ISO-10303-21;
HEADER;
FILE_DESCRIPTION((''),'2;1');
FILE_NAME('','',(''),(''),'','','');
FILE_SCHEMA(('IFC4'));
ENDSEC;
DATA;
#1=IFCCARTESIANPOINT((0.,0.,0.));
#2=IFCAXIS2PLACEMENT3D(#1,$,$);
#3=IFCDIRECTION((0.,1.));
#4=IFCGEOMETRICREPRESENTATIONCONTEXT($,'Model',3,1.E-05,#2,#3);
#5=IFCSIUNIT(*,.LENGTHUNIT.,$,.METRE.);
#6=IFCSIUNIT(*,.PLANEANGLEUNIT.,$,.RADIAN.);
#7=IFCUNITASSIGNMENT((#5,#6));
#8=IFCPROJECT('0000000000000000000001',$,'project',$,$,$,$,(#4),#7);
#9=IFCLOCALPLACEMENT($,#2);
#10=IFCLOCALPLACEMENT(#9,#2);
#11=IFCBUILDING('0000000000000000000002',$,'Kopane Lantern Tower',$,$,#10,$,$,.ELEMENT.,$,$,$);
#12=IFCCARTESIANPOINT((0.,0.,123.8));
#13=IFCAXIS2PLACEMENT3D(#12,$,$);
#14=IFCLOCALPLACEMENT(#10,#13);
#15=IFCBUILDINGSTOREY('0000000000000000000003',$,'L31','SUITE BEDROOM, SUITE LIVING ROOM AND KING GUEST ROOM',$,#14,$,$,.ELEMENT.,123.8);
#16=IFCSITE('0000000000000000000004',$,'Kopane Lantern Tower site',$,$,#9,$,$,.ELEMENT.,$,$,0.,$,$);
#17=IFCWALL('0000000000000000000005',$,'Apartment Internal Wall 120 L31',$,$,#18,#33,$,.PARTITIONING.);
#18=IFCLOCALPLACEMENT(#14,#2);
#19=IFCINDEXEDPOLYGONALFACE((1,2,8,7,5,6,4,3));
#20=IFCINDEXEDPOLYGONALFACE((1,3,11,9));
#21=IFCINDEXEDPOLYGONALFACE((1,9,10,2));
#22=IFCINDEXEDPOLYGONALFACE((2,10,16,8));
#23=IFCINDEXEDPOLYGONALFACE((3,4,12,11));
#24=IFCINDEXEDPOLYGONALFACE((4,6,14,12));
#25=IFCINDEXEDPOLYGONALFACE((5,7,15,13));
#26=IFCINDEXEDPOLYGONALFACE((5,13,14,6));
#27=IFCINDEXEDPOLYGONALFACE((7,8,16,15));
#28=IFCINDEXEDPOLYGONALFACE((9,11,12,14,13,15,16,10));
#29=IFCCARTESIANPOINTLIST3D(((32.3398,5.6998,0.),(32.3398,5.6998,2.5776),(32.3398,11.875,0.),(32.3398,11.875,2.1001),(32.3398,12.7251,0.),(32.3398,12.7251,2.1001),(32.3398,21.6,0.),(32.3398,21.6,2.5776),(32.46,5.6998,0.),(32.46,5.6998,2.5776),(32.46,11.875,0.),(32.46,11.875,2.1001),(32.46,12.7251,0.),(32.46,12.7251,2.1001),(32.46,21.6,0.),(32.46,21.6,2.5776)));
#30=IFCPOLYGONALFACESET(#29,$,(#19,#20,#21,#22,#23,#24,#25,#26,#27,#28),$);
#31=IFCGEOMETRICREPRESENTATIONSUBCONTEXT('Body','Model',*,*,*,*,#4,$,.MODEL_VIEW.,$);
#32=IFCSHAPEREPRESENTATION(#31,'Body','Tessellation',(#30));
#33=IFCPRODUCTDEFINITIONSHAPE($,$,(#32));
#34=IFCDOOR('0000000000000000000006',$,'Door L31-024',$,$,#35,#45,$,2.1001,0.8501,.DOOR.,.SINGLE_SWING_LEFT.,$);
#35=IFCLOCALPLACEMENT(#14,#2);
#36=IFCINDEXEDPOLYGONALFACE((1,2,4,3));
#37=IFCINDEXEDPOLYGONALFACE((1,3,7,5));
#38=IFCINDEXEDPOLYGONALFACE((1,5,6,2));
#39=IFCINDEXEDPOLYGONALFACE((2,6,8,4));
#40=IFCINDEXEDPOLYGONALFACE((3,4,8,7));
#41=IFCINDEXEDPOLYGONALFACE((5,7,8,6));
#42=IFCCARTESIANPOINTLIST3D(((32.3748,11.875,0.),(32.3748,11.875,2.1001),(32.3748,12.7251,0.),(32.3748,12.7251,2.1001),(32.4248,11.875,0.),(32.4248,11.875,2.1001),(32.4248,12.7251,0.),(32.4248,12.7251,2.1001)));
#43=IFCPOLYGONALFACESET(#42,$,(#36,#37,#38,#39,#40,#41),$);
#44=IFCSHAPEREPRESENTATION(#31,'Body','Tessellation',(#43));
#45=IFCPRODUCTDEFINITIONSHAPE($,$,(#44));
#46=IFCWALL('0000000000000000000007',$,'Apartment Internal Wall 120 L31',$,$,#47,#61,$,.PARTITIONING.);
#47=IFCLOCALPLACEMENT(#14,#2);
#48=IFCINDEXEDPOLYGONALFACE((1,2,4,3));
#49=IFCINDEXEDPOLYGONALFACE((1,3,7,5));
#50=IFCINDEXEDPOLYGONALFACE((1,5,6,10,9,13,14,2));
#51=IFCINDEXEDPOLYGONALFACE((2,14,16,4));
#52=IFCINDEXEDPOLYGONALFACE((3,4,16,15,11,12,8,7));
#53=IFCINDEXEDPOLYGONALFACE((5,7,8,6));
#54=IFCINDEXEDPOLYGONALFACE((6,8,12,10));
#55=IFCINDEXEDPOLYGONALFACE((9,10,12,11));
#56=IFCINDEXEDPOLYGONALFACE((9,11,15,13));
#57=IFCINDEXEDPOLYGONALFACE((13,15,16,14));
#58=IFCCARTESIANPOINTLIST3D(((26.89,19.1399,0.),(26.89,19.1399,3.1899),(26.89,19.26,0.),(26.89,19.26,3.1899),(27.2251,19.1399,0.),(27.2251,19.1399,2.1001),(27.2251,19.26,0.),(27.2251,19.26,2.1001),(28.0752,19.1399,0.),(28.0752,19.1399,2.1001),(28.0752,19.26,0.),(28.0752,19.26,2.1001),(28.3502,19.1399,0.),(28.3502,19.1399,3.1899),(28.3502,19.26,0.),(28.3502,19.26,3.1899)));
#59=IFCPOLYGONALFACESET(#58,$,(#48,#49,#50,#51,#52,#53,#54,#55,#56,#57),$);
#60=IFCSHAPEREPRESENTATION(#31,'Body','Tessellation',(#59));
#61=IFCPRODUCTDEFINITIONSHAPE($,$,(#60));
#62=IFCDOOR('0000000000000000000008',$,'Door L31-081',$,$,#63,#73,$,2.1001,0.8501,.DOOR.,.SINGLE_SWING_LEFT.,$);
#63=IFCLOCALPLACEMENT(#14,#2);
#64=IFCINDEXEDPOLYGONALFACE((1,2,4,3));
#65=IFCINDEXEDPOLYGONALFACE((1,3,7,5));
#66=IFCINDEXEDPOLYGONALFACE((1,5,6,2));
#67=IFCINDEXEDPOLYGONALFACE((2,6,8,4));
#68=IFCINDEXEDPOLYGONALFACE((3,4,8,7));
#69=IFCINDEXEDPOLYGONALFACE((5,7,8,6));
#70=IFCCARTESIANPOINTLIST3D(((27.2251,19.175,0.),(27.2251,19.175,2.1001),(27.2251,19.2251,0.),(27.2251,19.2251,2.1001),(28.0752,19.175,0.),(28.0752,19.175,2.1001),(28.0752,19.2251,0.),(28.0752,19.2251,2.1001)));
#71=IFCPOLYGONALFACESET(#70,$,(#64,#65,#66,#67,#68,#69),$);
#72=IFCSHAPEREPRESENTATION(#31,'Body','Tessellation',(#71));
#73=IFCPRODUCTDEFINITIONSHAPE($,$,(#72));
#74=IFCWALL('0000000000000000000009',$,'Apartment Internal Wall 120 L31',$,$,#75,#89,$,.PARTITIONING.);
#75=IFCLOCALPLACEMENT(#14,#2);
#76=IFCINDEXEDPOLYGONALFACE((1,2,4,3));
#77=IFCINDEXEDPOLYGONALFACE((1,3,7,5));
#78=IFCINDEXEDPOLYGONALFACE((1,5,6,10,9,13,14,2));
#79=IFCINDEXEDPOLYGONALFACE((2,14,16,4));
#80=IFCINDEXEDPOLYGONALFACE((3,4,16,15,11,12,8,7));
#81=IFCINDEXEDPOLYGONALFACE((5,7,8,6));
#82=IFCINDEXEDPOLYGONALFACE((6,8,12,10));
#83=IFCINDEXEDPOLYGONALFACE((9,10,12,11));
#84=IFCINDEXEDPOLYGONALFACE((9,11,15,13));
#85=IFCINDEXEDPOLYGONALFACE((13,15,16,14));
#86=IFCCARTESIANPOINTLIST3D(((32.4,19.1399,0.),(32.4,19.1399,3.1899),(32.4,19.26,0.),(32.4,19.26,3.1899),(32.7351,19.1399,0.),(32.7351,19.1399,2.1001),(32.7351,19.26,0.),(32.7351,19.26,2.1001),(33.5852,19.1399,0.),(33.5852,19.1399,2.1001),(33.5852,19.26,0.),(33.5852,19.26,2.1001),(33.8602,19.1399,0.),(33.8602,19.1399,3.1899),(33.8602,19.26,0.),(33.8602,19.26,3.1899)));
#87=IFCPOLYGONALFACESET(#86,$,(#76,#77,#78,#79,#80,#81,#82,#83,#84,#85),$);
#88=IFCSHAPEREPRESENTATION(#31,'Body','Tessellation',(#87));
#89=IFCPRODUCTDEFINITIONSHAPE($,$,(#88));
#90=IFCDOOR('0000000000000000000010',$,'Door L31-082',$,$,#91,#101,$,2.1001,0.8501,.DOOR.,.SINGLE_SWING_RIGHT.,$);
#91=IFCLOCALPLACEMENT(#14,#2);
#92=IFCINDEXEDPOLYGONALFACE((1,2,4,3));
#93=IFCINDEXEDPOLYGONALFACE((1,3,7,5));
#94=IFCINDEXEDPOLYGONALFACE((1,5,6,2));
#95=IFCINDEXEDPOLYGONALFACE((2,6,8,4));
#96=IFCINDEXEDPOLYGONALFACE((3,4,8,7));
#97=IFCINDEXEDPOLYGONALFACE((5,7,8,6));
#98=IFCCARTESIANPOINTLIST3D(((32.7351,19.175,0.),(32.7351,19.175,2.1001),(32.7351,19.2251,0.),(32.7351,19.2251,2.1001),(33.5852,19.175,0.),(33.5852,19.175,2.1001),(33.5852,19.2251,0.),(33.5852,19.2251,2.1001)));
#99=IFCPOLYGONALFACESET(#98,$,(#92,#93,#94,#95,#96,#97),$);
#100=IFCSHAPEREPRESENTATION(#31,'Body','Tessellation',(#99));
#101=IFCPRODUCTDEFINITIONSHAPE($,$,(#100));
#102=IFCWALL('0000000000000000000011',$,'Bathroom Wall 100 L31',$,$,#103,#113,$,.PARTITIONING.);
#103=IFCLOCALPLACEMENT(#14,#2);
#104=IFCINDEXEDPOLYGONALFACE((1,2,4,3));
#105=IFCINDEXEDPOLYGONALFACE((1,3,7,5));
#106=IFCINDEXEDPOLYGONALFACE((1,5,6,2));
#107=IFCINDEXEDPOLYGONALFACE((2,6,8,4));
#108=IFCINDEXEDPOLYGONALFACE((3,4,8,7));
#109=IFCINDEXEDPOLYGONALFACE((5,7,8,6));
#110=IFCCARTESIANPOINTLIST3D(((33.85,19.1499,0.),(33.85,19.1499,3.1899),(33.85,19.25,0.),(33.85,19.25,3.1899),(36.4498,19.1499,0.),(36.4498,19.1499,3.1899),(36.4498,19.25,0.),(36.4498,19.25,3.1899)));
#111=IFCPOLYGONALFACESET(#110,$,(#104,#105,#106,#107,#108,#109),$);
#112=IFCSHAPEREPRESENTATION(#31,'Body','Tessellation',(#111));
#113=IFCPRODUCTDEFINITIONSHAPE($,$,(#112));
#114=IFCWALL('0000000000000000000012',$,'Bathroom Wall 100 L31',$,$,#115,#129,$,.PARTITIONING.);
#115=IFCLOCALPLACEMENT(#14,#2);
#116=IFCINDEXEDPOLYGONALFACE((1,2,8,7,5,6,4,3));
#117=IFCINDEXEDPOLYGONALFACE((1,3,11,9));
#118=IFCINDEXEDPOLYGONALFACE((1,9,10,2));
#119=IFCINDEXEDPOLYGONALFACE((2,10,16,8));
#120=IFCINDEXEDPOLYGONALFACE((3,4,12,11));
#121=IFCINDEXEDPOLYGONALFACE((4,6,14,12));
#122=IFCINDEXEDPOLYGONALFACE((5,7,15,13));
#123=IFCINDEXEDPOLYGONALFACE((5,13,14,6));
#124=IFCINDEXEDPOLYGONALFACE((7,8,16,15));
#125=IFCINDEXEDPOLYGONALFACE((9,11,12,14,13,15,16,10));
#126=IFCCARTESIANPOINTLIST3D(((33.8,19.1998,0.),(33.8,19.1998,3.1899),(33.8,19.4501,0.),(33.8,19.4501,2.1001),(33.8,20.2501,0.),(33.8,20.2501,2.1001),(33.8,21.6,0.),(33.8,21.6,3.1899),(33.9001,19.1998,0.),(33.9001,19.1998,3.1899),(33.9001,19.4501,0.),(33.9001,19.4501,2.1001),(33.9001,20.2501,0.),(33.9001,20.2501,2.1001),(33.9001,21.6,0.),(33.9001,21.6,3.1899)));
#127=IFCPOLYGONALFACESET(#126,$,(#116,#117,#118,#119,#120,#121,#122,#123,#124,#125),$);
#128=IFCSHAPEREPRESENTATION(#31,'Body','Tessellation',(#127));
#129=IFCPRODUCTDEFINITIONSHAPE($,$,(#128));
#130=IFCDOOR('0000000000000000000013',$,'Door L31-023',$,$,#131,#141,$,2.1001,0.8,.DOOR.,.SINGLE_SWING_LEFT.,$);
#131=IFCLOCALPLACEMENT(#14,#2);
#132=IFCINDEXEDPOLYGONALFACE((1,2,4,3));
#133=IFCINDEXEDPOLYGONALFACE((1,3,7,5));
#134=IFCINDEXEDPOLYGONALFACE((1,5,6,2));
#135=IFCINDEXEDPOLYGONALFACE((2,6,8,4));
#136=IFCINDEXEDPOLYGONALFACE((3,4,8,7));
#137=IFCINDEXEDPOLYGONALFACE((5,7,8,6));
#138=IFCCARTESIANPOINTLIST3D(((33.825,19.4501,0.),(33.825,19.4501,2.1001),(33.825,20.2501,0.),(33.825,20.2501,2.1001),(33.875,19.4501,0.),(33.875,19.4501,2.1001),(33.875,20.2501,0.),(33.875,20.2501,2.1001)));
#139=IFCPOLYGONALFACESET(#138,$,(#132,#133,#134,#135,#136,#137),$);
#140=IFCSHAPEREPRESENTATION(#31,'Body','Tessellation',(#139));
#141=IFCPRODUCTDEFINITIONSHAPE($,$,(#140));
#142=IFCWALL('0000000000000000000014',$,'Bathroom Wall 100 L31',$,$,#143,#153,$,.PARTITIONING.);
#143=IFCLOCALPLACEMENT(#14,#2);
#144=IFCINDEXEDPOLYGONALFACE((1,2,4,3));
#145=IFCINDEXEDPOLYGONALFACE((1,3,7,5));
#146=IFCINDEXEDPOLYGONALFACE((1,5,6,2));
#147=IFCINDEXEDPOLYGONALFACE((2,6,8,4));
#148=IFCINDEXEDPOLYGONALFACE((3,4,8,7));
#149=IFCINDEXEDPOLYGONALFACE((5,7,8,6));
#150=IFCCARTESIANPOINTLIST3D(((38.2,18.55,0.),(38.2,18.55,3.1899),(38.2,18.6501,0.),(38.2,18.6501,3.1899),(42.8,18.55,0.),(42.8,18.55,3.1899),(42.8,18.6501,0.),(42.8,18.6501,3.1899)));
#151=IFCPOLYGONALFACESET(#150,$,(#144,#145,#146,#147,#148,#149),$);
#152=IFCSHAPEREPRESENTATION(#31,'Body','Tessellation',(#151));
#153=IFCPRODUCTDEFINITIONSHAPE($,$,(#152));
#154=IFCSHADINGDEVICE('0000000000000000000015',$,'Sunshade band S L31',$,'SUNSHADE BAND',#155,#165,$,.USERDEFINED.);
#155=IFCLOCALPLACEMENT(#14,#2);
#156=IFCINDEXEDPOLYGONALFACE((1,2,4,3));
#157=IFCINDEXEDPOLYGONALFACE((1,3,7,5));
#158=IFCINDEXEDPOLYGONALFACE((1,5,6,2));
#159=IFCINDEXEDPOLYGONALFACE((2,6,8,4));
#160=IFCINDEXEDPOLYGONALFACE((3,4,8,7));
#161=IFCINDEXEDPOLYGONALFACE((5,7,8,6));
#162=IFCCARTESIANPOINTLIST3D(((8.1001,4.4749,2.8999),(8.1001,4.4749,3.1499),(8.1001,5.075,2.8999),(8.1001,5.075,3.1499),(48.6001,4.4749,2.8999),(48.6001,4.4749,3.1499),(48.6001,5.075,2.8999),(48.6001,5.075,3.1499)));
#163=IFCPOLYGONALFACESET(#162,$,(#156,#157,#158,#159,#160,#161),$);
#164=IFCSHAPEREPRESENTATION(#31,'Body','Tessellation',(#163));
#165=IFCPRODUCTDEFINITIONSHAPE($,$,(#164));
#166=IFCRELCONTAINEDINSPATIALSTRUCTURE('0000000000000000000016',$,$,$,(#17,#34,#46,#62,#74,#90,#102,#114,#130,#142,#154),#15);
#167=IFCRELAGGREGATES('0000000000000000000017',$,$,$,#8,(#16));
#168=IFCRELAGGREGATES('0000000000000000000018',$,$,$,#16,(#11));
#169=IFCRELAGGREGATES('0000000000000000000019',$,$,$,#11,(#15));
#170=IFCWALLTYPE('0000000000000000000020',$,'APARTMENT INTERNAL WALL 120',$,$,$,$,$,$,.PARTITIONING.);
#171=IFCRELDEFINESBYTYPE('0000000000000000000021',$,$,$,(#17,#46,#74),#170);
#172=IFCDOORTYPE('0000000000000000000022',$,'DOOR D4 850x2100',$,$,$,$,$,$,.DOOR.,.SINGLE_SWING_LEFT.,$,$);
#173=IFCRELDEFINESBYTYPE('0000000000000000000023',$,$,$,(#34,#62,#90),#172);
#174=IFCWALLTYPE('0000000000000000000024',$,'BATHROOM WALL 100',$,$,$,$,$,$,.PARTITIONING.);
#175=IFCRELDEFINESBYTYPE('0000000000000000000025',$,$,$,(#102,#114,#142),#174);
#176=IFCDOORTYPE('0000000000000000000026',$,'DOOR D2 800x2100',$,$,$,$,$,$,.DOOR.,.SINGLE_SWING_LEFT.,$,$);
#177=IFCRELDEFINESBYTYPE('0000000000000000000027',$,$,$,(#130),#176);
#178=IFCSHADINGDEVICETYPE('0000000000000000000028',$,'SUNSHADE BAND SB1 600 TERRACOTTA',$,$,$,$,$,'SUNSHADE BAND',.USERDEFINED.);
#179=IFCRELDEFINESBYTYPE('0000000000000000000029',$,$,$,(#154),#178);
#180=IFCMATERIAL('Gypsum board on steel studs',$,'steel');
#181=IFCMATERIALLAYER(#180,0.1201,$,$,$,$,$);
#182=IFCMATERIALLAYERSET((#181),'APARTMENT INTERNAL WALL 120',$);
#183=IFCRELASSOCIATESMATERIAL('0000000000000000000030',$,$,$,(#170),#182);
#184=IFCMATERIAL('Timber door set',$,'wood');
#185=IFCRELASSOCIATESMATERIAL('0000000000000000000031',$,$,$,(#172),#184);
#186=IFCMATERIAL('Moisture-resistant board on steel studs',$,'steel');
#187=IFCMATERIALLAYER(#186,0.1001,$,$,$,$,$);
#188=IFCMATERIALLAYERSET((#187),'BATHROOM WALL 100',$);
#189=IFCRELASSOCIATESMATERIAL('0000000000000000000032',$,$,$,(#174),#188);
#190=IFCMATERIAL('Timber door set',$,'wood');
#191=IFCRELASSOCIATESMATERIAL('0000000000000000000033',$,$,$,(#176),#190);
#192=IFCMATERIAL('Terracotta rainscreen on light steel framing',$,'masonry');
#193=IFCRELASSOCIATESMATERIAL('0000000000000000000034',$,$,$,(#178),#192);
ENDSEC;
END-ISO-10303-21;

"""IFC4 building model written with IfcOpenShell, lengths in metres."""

from ifc_helpers import new_model, si_unit, direction, frame, frame_2d, origin, origin_2d, place, context, subcontext, project, spatial, rectangle, extrude, material, layer, layer_set, type_object, element, fill, save


model = new_model("IFC4")

# Units and contexts
model_context = context("Model", 3, precision=1e-05, world=origin(), true_north=direction((0.0, 1.0)))
body_context = subcontext(model_context, "Body", "Model", "MODEL_VIEW")
ifc_project = project(units=[si_unit("LENGTHUNIT", "METRE"), si_unit("PLANEANGLEUNIT", "RADIAN")], contexts=[model_context])

# Site, building, storey
site_placement = place(None, origin())
site = spatial("IfcSite", under=ifc_project, at=site_placement, Name="Kopane Lantern Tower site", CompositionType="ELEMENT", RefElevation=0.0)
building_placement = place(site_placement, origin())
building = spatial("IfcBuilding", under=site, at=building_placement, Name="Kopane Lantern Tower", CompositionType="ELEMENT")
storey_placement = place(building_placement, frame((0.0, 0.0, 123.8)))
storey = spatial("IfcBuildingStorey", under=building, at=storey_placement, Name="L31", Description="SUITE BEDROOM, SUITE LIVING ROOM AND KING GUEST ROOM", CompositionType="ELEMENT", Elevation=123.8)

# Walls, openings, doors
ifc_material_1 = material(Name="Gypsum board on steel studs", Category="steel")
ifc_layer_1 = layer(ifc_material_1, 0.1201)
ifc_layer_set_1 = layer_set([ifc_layer_1], Name="APARTMENT INTERNAL WALL 120")
wall_type_1 = type_object("IfcWallType", Name="APARTMENT INTERNAL WALL 120", PredefinedType="PARTITIONING", material=ifc_layer_set_1)
ifc_material_2 = material(Name="Timber door set", Category="wood")
door_type_1 = type_object("IfcDoorType", Name="DOOR D4 850x2100", OperationType="SINGLE_SWING_LEFT", PredefinedType="DOOR", material=ifc_material_2)
wall_1_placement = place(storey_placement, frame((32.3999, 21.6001, 0.0), z_axis=(0.0, 0.0, 1.0), x_axis=(0.0, -1.0, 0.0)))
wall_1 = element("IfcWall", 1, at=wall_1_placement, inside=storey, type_object=wall_type_1, Name="Apartment Internal Wall 120 L31", PredefinedType="PARTITIONING", context=body_context, shape_type="SweptSolid", body=[
    extrude(rectangle(XDim=15.9001, YDim=0.1201, at=frame_2d((7.9502, 0.0))), origin(), (0.0, 0.0, 1.0), 2.5776),
])
opening_1_placement = place(wall_1_placement, frame((8.875, 0.0, 0.0)))
opening_1 = element("IfcOpeningElement", 2, at=opening_1_placement, cuts=wall_1, PredefinedType="OPENING", context=body_context, shape_type="SweptSolid", body=[
    extrude(rectangle(XDim=0.8501, YDim=2.1001, at=frame_2d((0.425, 1.05))), frame((0.0, 0.0701, 0.0), z_axis=(0.0, -1.0, 0.0), x_axis=(1.0, 0.0, 0.0)), (0.0, 0.0, 1.0), 0.1401),
])
door_1_placement = place(opening_1_placement, origin())
door_1 = element("IfcDoor", 3, at=door_1_placement, inside=storey, type_object=door_type_1, Name="Door L31-024", OperationType="SINGLE_SWING_LEFT", OverallHeight=2.1001, OverallWidth=0.8501, PredefinedType="DOOR", context=body_context, shape_type="SweptSolid", body=[
    extrude(rectangle(XDim=0.8501, YDim=2.1001, at=frame_2d((0.425, 1.05))), frame((0.0, 0.0249, 0.0), z_axis=(0.0, -1.0, 0.0), x_axis=(1.0, 0.0, 0.0)), (0.0, 0.0, 1.0), 0.05),
])
fill(opening_1, door_1)
wall_2_placement = place(storey_placement, frame((28.3501, 19.2, 0.0), z_axis=(0.0, 0.0, 1.0), x_axis=(-1.0, 0.0, 0.0)))
wall_2 = element("IfcWall", 4, at=wall_2_placement, inside=storey, type_object=wall_type_1, Name="Apartment Internal Wall 120 L31", PredefinedType="PARTITIONING", context=body_context, shape_type="SweptSolid", body=[
    extrude(rectangle(XDim=1.4602, YDim=0.1201, at=frame_2d((0.73, 0.0))), origin(), (0.0, 0.0, 1.0), 3.1899),
])
opening_2_placement = place(wall_2_placement, frame((0.2749, 0.0, 0.0)))
opening_2 = element("IfcOpeningElement", 5, at=opening_2_placement, cuts=wall_2, PredefinedType="OPENING", context=body_context, shape_type="SweptSolid", body=[
    extrude(rectangle(XDim=0.8501, YDim=2.1001, at=frame_2d((0.425, 1.05))), frame((0.0, 0.0701, 0.0), z_axis=(0.0, -1.0, 0.0), x_axis=(1.0, 0.0, 0.0)), (0.0, 0.0, 1.0), 0.1401),
])
door_2_placement = place(opening_2_placement, origin())
door_2 = element("IfcDoor", 6, at=door_2_placement, inside=storey, type_object=door_type_1, Name="Door L31-081", OperationType="SINGLE_SWING_LEFT", OverallHeight=2.1001, OverallWidth=0.8501, PredefinedType="DOOR", context=body_context, shape_type="SweptSolid", body=[
    extrude(rectangle(XDim=0.8501, YDim=2.1001, at=frame_2d((0.425, 1.05))), frame((0.0, 0.0249, 0.0), z_axis=(0.0, -1.0, 0.0), x_axis=(1.0, 0.0, 0.0)), (0.0, 0.0, 1.0), 0.05),
])
fill(opening_2, door_2)
wall_3_placement = place(storey_placement, frame((33.8601, 19.2, 0.0), z_axis=(0.0, 0.0, 1.0), x_axis=(-1.0, 0.0, 0.0)))
wall_3 = element("IfcWall", 7, at=wall_3_placement, inside=storey, type_object=wall_type_1, Name="Apartment Internal Wall 120 L31", PredefinedType="PARTITIONING", context=body_context, shape_type="SweptSolid", body=[
    extrude(rectangle(XDim=1.4602, YDim=0.1201, at=frame_2d((0.73, 0.0))), origin(), (0.0, 0.0, 1.0), 3.1899),
])
opening_3_placement = place(wall_3_placement, frame((0.2749, 0.0, 0.0)))
opening_3 = element("IfcOpeningElement", 8, at=opening_3_placement, cuts=wall_3, PredefinedType="OPENING", context=body_context, shape_type="SweptSolid", body=[
    extrude(rectangle(XDim=0.8501, YDim=2.1001, at=frame_2d((0.425, 1.05))), frame((0.0, 0.0701, 0.0), z_axis=(0.0, -1.0, 0.0), x_axis=(1.0, 0.0, 0.0)), (0.0, 0.0, 1.0), 0.1401),
])
door_3_placement = place(opening_3_placement, origin())
door_3 = element("IfcDoor", 9, at=door_3_placement, inside=storey, type_object=door_type_1, Name="Door L31-082", OperationType="SINGLE_SWING_RIGHT", OverallHeight=2.1001, OverallWidth=0.8501, PredefinedType="DOOR", context=body_context, shape_type="SweptSolid", body=[
    extrude(rectangle(XDim=0.8501, YDim=2.1001, at=frame_2d((0.425, 1.05))), frame((0.0, 0.0249, 0.0), z_axis=(0.0, -1.0, 0.0), x_axis=(1.0, 0.0, 0.0)), (0.0, 0.0, 1.0), 0.05),
])
fill(opening_3, door_3)

# Wall
ifc_material_3 = material(Name="Moisture-resistant board on steel studs", Category="steel")
ifc_layer_2 = layer(ifc_material_3, 0.1001)
ifc_layer_set_2 = layer_set([ifc_layer_2], Name="BATHROOM WALL 100")
wall_type_2 = type_object("IfcWallType", Name="BATHROOM WALL 100", PredefinedType="PARTITIONING", material=ifc_layer_set_2)
wall_4_placement = place(storey_placement, frame((33.8501, 19.2, 0.0), z_axis=(0.0, 0.0, 1.0), x_axis=(1.0, 0.0, 0.0)))
element("IfcWall", 10, at=wall_4_placement, inside=storey, type_object=wall_type_2, Name="Bathroom Wall 100 L31", PredefinedType="PARTITIONING", context=body_context, shape_type="SweptSolid", body=[
    extrude(rectangle(XDim=2.5999, YDim=0.1001, at=frame_2d((1.2998, 0.0))), origin(), (0.0, 0.0, 1.0), 3.1899),
])

# Wall, opening, door
wall_5_placement = place(storey_placement, frame((33.8501, 21.6001, 0.0), z_axis=(0.0, 0.0, 1.0), x_axis=(0.0, -1.0, 0.0)))
wall_5 = element("IfcWall", 11, at=wall_5_placement, inside=storey, type_object=wall_type_2, Name="Bathroom Wall 100 L31", PredefinedType="PARTITIONING", context=body_context, shape_type="SweptSolid", body=[
    extrude(rectangle(XDim=2.4001, YDim=0.1001, at=frame_2d((1.2002, 0.0))), origin(), (0.0, 0.0, 1.0), 3.1899),
])
opening_4_placement = place(wall_5_placement, frame((1.3501, 0.0, 0.0)))
opening_4 = element("IfcOpeningElement", 12, at=opening_4_placement, cuts=wall_5, PredefinedType="OPENING", context=body_context, shape_type="SweptSolid", body=[
    extrude(rectangle(XDim=0.8, YDim=2.1001, at=frame_2d((0.3999, 1.05))), frame((0.0, 0.0601, 0.0), z_axis=(0.0, -1.0, 0.0), x_axis=(1.0, 0.0, 0.0)), (0.0, 0.0, 1.0), 0.1201),
])
ifc_material_4 = material(Name="Timber door set", Category="wood")
door_type_2 = type_object("IfcDoorType", Name="DOOR D2 800x2100", OperationType="SINGLE_SWING_LEFT", PredefinedType="DOOR", material=ifc_material_4)
door_4_placement = place(opening_4_placement, origin())
door_4 = element("IfcDoor", 13, at=door_4_placement, inside=storey, type_object=door_type_2, Name="Door L31-023", OperationType="SINGLE_SWING_LEFT", OverallHeight=2.1001, OverallWidth=0.8, PredefinedType="DOOR", context=body_context, shape_type="SweptSolid", body=[
    extrude(rectangle(XDim=0.8, YDim=2.1001, at=frame_2d((0.3999, 1.05))), frame((0.0, 0.0249, 0.0), z_axis=(0.0, -1.0, 0.0), x_axis=(1.0, 0.0, 0.0)), (0.0, 0.0, 1.0), 0.05),
])
fill(opening_4, door_4)

# Wall
wall_6_placement = place(storey_placement, frame((38.2, 18.6001, 0.0), z_axis=(0.0, 0.0, 1.0), x_axis=(1.0, 0.0, 0.0)))
element("IfcWall", 14, at=wall_6_placement, inside=storey, type_object=wall_type_2, Name="Bathroom Wall 100 L31", PredefinedType="PARTITIONING", context=body_context, shape_type="SweptSolid", body=[
    extrude(rectangle(XDim=4.6001, YDim=0.1001, at=frame_2d((2.3, 0.0))), origin(), (0.0, 0.0, 1.0), 3.1899),
])

# Shading device
ifc_material_5 = material(Name="Terracotta rainscreen on light steel framing", Category="masonry")
shading_device_type = type_object("IfcShadingDeviceType", Name="SUNSHADE BAND SB1 600 TERRACOTTA", ElementType="SUNSHADE BAND", PredefinedType="USERDEFINED", material=ifc_material_5)
shading_device_placement = place(storey_placement, frame((28.3501, 4.7749, 2.8999), z_axis=(0.0, 0.0, 1.0), x_axis=(1.0, 0.0, 0.0)))
element("IfcShadingDevice", 15, at=shading_device_placement, inside=storey, type_object=shading_device_type, Name="Sunshade band S L31", ObjectType="SUNSHADE BAND", PredefinedType="USERDEFINED", context=body_context, shape_type="SweptSolid", body=[
    extrude(rectangle(XDim=40.5, YDim=0.6001, at=origin_2d()), origin(), (0.0, 0.0, 1.0), 0.25),
])

save(model, "model.ifc")
